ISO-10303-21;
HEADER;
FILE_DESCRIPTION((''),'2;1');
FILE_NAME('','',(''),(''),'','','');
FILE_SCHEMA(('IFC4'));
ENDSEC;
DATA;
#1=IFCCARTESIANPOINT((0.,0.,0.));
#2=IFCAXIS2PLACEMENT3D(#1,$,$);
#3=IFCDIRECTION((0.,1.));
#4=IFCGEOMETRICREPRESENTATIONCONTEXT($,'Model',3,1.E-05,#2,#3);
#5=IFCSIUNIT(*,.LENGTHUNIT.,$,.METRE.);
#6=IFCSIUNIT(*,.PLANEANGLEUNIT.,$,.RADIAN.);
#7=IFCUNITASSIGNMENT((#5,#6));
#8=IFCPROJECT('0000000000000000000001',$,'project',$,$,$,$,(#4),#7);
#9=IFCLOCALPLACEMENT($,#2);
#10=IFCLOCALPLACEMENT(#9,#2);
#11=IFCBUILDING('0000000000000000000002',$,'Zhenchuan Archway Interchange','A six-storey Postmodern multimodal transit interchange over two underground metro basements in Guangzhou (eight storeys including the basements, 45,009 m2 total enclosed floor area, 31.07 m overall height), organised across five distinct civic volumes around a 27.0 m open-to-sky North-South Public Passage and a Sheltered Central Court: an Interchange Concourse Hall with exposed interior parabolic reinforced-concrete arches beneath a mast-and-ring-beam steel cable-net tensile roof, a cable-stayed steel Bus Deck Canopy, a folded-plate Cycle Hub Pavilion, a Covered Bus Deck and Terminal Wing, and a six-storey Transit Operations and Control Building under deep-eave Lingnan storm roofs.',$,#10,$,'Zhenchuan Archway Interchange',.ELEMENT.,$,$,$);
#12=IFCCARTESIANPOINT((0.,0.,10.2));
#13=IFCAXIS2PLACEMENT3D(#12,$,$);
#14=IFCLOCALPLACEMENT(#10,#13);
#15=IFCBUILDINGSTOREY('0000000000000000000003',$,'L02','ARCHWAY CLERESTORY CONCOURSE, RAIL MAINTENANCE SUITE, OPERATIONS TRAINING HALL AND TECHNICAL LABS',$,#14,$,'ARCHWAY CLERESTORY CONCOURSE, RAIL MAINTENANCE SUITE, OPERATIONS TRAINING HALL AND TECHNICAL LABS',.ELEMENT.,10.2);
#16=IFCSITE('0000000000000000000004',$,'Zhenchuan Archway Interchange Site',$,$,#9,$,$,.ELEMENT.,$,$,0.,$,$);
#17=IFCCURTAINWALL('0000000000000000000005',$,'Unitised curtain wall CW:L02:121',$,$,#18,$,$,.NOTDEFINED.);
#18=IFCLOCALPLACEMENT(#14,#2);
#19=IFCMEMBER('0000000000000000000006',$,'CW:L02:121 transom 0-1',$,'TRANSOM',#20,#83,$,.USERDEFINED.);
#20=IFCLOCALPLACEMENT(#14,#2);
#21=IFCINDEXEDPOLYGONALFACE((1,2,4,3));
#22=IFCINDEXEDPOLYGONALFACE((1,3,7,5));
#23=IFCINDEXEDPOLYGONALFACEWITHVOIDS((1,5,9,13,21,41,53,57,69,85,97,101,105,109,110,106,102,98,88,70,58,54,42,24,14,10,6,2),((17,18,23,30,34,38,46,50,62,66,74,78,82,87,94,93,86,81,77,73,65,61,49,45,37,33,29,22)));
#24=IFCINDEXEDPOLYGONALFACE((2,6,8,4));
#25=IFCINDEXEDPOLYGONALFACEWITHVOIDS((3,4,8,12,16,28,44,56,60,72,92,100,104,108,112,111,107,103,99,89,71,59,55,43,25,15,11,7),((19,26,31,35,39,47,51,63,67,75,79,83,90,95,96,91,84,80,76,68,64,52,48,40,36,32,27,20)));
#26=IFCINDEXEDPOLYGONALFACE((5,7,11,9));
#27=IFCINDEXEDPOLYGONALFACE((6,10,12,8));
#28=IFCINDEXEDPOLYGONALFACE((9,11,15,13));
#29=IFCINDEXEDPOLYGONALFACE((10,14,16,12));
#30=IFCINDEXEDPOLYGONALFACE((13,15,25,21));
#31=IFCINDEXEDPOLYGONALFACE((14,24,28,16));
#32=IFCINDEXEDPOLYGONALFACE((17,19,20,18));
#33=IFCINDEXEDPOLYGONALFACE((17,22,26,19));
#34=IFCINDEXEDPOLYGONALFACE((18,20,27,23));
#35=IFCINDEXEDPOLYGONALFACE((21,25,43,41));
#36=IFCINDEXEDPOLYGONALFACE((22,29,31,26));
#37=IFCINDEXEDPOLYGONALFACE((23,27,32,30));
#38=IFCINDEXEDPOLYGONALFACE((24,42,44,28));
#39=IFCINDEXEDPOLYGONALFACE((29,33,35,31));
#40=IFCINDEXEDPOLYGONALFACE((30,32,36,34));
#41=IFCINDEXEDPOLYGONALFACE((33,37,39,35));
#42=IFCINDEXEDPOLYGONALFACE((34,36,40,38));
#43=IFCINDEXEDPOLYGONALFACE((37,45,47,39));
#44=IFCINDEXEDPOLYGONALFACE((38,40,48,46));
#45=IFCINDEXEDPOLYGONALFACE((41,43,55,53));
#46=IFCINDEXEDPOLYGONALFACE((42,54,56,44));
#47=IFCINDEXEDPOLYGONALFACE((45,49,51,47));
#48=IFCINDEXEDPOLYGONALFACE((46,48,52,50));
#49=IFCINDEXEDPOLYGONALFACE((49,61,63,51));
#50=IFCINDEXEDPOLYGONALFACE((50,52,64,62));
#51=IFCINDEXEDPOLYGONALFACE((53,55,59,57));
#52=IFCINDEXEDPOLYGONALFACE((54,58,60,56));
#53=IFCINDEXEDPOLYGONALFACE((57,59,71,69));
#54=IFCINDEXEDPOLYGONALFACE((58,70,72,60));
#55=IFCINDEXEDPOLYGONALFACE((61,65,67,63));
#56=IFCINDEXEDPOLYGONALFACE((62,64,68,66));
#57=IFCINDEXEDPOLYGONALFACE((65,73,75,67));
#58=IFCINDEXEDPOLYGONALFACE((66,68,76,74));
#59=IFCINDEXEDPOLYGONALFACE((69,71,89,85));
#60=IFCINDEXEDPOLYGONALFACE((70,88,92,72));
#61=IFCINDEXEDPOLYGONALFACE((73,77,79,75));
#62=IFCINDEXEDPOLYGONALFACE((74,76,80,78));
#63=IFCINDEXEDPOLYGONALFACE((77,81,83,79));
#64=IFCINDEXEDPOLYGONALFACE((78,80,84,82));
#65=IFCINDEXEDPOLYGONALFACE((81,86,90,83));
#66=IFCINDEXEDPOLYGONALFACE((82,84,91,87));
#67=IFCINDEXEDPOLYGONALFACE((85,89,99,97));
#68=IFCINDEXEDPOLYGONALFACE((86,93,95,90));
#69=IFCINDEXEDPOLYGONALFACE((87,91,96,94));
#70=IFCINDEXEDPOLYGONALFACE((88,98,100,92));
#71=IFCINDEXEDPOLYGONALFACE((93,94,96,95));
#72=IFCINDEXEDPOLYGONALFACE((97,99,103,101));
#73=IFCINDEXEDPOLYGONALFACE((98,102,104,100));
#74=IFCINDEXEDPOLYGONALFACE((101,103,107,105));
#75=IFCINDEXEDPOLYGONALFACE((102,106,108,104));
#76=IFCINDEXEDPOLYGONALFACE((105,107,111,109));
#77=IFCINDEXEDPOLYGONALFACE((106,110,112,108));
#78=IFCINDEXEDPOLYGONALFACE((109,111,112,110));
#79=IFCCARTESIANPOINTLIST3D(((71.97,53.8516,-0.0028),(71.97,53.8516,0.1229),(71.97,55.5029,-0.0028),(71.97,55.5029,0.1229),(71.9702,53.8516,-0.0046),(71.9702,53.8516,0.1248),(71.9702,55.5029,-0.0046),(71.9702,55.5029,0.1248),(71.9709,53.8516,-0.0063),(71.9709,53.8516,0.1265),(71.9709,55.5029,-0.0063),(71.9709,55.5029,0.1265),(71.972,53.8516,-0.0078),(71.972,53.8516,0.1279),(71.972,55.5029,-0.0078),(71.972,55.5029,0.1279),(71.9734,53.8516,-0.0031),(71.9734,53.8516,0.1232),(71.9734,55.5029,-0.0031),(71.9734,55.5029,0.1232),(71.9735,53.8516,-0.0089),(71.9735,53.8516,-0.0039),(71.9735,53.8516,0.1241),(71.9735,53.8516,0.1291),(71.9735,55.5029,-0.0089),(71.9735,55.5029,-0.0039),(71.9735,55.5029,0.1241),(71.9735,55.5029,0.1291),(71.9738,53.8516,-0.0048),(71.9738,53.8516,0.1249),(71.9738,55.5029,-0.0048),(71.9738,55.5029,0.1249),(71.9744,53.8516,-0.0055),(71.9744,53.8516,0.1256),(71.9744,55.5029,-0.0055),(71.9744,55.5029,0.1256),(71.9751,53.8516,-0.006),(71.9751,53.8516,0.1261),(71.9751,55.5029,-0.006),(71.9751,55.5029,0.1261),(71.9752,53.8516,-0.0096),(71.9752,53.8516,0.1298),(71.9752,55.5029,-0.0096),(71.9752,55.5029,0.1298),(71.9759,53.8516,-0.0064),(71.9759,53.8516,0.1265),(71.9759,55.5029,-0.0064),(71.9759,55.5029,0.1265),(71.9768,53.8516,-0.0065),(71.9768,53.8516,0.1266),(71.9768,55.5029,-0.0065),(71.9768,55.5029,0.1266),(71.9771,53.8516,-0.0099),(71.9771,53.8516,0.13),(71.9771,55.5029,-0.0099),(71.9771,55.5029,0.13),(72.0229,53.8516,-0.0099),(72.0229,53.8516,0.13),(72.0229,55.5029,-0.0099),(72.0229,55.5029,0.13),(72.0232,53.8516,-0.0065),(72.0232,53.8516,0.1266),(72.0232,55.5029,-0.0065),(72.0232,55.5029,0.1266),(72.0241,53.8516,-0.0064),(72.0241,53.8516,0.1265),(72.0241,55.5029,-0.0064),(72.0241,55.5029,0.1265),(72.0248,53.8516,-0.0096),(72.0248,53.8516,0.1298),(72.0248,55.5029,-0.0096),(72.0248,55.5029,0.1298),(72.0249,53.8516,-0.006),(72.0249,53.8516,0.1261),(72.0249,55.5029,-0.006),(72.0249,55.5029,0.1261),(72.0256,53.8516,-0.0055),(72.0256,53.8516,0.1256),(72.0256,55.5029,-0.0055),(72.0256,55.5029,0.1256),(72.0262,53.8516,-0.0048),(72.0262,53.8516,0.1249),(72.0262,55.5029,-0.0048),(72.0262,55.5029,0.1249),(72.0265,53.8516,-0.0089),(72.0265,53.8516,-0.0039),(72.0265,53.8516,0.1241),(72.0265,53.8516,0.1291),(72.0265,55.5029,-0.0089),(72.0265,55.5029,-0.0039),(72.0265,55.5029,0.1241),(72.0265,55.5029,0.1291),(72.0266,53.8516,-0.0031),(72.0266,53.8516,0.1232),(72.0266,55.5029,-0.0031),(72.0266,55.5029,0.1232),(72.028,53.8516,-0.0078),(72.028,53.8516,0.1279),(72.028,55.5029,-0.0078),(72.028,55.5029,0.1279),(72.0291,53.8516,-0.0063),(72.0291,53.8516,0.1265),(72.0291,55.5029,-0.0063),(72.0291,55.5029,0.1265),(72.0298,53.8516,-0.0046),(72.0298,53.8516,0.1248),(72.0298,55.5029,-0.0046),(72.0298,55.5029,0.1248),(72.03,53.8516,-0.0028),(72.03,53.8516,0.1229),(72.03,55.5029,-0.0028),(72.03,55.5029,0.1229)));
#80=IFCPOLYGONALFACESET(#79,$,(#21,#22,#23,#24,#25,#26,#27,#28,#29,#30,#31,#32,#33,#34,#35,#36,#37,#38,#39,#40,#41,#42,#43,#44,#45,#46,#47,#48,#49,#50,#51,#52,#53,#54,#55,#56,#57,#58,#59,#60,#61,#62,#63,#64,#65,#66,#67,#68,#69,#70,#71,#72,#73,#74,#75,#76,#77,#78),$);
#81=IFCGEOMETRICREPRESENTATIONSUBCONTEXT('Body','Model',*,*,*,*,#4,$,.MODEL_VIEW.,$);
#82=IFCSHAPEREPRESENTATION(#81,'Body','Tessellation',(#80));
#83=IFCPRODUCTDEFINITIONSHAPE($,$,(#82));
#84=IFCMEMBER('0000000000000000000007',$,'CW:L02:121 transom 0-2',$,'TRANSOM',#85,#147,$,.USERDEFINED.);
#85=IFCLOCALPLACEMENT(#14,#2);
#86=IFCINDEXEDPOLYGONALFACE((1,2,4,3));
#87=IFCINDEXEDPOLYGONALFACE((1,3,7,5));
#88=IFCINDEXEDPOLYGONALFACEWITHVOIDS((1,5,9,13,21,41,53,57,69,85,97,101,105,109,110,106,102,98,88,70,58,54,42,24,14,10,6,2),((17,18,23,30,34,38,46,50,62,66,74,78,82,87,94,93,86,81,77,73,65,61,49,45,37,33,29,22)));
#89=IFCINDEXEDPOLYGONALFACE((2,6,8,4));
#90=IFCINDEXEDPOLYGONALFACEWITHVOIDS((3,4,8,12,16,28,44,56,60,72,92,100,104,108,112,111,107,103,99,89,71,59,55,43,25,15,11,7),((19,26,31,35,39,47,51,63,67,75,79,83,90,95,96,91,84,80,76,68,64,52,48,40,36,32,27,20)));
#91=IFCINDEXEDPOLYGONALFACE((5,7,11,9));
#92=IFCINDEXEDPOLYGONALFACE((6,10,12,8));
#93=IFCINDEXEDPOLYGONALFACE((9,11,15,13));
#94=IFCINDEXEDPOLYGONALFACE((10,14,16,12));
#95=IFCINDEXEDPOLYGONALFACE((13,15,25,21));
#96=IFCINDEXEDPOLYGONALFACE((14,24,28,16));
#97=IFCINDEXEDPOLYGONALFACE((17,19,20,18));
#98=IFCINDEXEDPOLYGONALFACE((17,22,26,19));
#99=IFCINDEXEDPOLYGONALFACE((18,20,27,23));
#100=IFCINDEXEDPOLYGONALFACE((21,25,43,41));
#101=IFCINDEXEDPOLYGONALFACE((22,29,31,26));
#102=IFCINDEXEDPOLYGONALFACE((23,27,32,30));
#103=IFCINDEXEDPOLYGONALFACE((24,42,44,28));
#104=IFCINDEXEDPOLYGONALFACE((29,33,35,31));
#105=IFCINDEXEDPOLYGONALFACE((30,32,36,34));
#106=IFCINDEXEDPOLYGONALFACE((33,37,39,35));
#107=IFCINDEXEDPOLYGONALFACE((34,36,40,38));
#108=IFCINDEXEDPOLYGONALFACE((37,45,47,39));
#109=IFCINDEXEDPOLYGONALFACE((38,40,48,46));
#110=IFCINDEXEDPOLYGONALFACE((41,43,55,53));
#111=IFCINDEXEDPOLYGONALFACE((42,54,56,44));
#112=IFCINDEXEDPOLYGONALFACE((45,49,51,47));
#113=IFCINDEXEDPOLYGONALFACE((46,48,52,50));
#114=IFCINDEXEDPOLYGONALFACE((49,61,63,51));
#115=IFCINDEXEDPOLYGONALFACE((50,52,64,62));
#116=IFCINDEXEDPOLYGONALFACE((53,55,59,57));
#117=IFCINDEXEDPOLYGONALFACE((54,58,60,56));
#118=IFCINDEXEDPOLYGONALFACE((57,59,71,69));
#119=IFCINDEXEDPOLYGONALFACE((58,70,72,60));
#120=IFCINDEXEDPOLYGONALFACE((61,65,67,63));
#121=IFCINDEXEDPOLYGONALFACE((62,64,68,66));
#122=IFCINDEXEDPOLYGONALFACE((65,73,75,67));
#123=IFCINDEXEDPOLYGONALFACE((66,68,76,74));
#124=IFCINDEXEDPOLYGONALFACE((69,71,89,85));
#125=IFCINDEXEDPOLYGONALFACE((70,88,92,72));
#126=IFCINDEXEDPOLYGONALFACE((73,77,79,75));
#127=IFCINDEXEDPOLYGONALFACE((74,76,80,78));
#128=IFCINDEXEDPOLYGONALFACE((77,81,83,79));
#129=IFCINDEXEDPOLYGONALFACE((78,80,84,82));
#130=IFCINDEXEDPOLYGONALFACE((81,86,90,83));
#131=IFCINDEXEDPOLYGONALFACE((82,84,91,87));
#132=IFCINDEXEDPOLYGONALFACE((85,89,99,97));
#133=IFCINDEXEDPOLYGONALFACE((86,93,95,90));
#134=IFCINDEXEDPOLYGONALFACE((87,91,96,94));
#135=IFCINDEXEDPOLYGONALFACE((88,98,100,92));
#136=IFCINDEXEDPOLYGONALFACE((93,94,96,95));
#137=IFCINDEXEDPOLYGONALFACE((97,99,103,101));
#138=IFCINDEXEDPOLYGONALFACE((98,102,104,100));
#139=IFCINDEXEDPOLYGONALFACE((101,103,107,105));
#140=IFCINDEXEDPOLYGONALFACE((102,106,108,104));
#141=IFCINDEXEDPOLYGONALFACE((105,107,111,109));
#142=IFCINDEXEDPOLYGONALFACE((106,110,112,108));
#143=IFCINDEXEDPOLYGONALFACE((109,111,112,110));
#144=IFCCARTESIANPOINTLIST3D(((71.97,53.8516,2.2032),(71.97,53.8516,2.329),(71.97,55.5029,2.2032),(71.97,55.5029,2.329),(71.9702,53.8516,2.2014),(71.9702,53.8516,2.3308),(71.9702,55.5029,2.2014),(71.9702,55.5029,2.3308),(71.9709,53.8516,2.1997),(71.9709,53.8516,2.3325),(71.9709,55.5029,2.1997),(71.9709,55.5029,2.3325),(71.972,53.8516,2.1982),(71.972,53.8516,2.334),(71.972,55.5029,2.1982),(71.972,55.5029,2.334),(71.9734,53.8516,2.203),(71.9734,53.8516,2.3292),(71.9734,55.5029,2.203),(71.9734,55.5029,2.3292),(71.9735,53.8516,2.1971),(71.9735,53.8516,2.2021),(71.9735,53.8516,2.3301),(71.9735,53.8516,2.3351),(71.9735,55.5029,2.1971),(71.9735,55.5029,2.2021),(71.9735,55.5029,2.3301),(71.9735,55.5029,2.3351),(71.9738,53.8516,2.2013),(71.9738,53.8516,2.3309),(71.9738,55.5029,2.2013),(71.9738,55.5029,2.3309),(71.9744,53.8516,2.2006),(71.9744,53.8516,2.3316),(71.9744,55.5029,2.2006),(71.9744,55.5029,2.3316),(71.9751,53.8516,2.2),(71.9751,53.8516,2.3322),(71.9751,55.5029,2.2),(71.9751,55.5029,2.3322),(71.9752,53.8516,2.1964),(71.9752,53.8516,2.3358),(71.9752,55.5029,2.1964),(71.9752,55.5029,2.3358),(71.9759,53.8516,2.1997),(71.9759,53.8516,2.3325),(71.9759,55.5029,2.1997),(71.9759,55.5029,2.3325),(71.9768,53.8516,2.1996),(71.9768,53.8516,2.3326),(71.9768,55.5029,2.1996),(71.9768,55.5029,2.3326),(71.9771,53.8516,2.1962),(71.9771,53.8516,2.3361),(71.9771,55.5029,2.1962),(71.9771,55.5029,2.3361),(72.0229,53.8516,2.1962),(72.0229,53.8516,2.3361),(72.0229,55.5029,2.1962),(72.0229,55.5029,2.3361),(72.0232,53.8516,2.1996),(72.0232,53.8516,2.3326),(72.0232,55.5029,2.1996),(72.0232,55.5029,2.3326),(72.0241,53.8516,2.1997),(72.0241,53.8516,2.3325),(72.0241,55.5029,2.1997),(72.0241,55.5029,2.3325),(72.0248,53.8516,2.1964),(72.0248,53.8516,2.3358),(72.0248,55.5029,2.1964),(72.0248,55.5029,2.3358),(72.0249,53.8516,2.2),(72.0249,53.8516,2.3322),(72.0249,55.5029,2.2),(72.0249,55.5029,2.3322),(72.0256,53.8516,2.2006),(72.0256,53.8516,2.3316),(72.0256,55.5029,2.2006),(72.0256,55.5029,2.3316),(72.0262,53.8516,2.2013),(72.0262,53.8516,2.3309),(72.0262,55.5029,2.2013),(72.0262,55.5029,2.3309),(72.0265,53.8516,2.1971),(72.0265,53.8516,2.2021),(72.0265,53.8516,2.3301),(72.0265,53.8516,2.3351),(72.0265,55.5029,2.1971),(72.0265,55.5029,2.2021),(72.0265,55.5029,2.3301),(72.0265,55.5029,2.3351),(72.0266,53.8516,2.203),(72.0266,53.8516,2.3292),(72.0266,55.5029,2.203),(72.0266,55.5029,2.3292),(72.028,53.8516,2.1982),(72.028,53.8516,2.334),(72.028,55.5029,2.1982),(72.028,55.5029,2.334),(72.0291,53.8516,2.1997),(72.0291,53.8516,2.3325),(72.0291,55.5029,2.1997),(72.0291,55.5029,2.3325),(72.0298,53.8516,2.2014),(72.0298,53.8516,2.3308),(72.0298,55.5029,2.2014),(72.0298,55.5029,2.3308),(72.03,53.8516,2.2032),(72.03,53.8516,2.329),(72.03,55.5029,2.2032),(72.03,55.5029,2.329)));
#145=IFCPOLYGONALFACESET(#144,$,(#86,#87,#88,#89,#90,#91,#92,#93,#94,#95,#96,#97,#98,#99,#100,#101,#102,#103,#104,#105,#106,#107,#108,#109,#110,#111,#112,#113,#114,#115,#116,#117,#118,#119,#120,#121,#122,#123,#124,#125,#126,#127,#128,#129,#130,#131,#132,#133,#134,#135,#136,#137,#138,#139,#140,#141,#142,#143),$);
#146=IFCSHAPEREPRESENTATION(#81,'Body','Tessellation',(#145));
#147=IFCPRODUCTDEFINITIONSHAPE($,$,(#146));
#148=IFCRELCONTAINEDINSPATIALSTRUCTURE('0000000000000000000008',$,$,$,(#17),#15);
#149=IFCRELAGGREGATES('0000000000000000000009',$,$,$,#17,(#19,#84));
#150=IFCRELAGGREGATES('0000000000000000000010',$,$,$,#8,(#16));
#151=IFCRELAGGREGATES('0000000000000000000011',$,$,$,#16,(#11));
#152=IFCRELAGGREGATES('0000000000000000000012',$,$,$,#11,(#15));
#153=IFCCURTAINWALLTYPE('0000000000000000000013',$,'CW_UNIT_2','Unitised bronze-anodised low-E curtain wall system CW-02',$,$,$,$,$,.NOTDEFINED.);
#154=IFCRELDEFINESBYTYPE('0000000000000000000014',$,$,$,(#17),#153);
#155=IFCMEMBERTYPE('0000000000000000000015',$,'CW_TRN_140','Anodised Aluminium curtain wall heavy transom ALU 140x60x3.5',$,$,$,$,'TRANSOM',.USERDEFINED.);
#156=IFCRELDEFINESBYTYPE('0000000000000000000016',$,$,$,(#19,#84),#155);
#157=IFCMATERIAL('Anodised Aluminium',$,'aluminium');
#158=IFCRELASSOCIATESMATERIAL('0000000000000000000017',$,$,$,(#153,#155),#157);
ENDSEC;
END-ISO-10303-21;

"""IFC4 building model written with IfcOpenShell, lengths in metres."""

from ifc_helpers import new_model, si_unit, direction, frame, origin, origin_2d, place, context, subcontext, project, spatial, hollow_rectangle, extrude, material, material_profile, profile_set, type_object, element, aggregate, save


model = new_model("IFC4")

# Units and contexts
model_context = context("Model", 3, precision=1e-05, world=origin(), true_north=direction((0.0, 1.0)))
body_context = subcontext(model_context, "Body", "Model", "MODEL_VIEW")
ifc_project = project(units=[si_unit("LENGTHUNIT", "METRE"), si_unit("PLANEANGLEUNIT", "RADIAN")], contexts=[model_context])

# Site, building, storey
site_placement = place(None, origin())
site = spatial("IfcSite", under=ifc_project, at=site_placement, Name="Zhenchuan Archway Interchange Site", CompositionType="ELEMENT", RefElevation=0.0)
building_placement = place(site_placement, origin())
building = spatial("IfcBuilding", under=site, at=building_placement, Name="Zhenchuan Archway Interchange", Description="A six-storey Postmodern multimodal transit interchange over two underground metro basements in Guangzhou (eight storeys including the basements, 45,009 m2 total enclosed floor area, 31.07 m overall height), organised across five distinct civic volumes around a 27.0 m open-to-sky North-South Public Passage and a Sheltered Central Court: an Interchange Concourse Hall with exposed interior parabolic reinforced-concrete arches beneath a mast-and-ring-beam steel cable-net tensile roof, a cable-stayed steel Bus Deck Canopy, a folded-plate Cycle Hub Pavilion, a Covered Bus Deck and Terminal Wing, and a six-storey Transit Operations and Control Building under deep-eave Lingnan storm roofs.", LongName="Zhenchuan Archway Interchange", CompositionType="ELEMENT")
storey_placement = place(building_placement, frame((0.0, 0.0, 10.2)))
storey = spatial("IfcBuildingStorey", under=building, at=storey_placement, Name="L02", Description="ARCHWAY CLERESTORY CONCOURSE, RAIL MAINTENANCE SUITE, OPERATIONS TRAINING HALL AND TECHNICAL LABS", LongName="ARCHWAY CLERESTORY CONCOURSE, RAIL MAINTENANCE SUITE, OPERATIONS TRAINING HALL AND TECHNICAL LABS", CompositionType="ELEMENT", Elevation=10.2)

# Shared definitions
ifc_material_1 = material(Name="Anodised Aluminium", Category="aluminium")

# Curtain wall, members
curtain_wall_type_1 = type_object("IfcCurtainWallType", Name="CW_UNIT_2", Description="Unitised bronze-anodised low-E curtain wall system CW-02", PredefinedType="NOTDEFINED", material=ifc_material_1)
curtain_wall_1_placement = place(storey_placement, origin())
curtain_wall_1 = element("IfcCurtainWall", 1, at=curtain_wall_1_placement, inside=storey, type_object=curtain_wall_type_1, Name="Unitised curtain wall CW:L02:121", PredefinedType="NOTDEFINED")
ifc_material_profile_1 = material_profile(ifc_material_1, hollow_rectangle(XDim=0.0601, YDim=0.1399, WallThickness=0.0034, InnerFilletRadius=0.0034, OuterFilletRadius=0.0071, at=origin_2d()), Name="ALU 140x60x3.5")
ifc_profile_set_1 = profile_set([ifc_material_profile_1], Name="Anodised Aluminium")
member_type_1 = type_object("IfcMemberType", Name="CW_TRN_140", Description="Anodised Aluminium curtain wall heavy transom ALU 140x60x3.5", ElementType="TRANSOM", PredefinedType="USERDEFINED", material=ifc_profile_set_1)
member_1_placement = place(storey_placement, frame((72.0, 55.5029, 0.0601), z_axis=(0.0, -1.0, 0.0), x_axis=(1.0, 0.0, 0.0)))
member_1 = element("IfcMember", 2, at=member_1_placement, type_object=member_type_1, Name="CW:L02:121 transom 0-1", ObjectType="TRANSOM", PredefinedType="USERDEFINED", context=body_context, shape_type="SweptSolid", body=[
    extrude(hollow_rectangle(XDim=0.0601, YDim=0.1399, WallThickness=0.0034, InnerFilletRadius=0.0034, OuterFilletRadius=0.0071, at=origin_2d()), origin(), (0.0, 0.0, 1.0), 1.6514),
])
member_2_placement = place(storey_placement, frame((72.0, 55.5029, 2.2661), z_axis=(0.0, -1.0, 0.0), x_axis=(1.0, 0.0, 0.0)))
member_2 = element("IfcMember", 3, at=member_2_placement, type_object=member_type_1, Name="CW:L02:121 transom 0-2", ObjectType="TRANSOM", PredefinedType="USERDEFINED", context=body_context, shape_type="SweptSolid", body=[
    extrude(hollow_rectangle(XDim=0.0601, YDim=0.1399, WallThickness=0.0034, InnerFilletRadius=0.0034, OuterFilletRadius=0.0071, at=origin_2d()), origin(), (0.0, 0.0, 1.0), 1.6514),
])
aggregate(curtain_wall_1, [member_1, member_2])

save(model, "model.ifc")
